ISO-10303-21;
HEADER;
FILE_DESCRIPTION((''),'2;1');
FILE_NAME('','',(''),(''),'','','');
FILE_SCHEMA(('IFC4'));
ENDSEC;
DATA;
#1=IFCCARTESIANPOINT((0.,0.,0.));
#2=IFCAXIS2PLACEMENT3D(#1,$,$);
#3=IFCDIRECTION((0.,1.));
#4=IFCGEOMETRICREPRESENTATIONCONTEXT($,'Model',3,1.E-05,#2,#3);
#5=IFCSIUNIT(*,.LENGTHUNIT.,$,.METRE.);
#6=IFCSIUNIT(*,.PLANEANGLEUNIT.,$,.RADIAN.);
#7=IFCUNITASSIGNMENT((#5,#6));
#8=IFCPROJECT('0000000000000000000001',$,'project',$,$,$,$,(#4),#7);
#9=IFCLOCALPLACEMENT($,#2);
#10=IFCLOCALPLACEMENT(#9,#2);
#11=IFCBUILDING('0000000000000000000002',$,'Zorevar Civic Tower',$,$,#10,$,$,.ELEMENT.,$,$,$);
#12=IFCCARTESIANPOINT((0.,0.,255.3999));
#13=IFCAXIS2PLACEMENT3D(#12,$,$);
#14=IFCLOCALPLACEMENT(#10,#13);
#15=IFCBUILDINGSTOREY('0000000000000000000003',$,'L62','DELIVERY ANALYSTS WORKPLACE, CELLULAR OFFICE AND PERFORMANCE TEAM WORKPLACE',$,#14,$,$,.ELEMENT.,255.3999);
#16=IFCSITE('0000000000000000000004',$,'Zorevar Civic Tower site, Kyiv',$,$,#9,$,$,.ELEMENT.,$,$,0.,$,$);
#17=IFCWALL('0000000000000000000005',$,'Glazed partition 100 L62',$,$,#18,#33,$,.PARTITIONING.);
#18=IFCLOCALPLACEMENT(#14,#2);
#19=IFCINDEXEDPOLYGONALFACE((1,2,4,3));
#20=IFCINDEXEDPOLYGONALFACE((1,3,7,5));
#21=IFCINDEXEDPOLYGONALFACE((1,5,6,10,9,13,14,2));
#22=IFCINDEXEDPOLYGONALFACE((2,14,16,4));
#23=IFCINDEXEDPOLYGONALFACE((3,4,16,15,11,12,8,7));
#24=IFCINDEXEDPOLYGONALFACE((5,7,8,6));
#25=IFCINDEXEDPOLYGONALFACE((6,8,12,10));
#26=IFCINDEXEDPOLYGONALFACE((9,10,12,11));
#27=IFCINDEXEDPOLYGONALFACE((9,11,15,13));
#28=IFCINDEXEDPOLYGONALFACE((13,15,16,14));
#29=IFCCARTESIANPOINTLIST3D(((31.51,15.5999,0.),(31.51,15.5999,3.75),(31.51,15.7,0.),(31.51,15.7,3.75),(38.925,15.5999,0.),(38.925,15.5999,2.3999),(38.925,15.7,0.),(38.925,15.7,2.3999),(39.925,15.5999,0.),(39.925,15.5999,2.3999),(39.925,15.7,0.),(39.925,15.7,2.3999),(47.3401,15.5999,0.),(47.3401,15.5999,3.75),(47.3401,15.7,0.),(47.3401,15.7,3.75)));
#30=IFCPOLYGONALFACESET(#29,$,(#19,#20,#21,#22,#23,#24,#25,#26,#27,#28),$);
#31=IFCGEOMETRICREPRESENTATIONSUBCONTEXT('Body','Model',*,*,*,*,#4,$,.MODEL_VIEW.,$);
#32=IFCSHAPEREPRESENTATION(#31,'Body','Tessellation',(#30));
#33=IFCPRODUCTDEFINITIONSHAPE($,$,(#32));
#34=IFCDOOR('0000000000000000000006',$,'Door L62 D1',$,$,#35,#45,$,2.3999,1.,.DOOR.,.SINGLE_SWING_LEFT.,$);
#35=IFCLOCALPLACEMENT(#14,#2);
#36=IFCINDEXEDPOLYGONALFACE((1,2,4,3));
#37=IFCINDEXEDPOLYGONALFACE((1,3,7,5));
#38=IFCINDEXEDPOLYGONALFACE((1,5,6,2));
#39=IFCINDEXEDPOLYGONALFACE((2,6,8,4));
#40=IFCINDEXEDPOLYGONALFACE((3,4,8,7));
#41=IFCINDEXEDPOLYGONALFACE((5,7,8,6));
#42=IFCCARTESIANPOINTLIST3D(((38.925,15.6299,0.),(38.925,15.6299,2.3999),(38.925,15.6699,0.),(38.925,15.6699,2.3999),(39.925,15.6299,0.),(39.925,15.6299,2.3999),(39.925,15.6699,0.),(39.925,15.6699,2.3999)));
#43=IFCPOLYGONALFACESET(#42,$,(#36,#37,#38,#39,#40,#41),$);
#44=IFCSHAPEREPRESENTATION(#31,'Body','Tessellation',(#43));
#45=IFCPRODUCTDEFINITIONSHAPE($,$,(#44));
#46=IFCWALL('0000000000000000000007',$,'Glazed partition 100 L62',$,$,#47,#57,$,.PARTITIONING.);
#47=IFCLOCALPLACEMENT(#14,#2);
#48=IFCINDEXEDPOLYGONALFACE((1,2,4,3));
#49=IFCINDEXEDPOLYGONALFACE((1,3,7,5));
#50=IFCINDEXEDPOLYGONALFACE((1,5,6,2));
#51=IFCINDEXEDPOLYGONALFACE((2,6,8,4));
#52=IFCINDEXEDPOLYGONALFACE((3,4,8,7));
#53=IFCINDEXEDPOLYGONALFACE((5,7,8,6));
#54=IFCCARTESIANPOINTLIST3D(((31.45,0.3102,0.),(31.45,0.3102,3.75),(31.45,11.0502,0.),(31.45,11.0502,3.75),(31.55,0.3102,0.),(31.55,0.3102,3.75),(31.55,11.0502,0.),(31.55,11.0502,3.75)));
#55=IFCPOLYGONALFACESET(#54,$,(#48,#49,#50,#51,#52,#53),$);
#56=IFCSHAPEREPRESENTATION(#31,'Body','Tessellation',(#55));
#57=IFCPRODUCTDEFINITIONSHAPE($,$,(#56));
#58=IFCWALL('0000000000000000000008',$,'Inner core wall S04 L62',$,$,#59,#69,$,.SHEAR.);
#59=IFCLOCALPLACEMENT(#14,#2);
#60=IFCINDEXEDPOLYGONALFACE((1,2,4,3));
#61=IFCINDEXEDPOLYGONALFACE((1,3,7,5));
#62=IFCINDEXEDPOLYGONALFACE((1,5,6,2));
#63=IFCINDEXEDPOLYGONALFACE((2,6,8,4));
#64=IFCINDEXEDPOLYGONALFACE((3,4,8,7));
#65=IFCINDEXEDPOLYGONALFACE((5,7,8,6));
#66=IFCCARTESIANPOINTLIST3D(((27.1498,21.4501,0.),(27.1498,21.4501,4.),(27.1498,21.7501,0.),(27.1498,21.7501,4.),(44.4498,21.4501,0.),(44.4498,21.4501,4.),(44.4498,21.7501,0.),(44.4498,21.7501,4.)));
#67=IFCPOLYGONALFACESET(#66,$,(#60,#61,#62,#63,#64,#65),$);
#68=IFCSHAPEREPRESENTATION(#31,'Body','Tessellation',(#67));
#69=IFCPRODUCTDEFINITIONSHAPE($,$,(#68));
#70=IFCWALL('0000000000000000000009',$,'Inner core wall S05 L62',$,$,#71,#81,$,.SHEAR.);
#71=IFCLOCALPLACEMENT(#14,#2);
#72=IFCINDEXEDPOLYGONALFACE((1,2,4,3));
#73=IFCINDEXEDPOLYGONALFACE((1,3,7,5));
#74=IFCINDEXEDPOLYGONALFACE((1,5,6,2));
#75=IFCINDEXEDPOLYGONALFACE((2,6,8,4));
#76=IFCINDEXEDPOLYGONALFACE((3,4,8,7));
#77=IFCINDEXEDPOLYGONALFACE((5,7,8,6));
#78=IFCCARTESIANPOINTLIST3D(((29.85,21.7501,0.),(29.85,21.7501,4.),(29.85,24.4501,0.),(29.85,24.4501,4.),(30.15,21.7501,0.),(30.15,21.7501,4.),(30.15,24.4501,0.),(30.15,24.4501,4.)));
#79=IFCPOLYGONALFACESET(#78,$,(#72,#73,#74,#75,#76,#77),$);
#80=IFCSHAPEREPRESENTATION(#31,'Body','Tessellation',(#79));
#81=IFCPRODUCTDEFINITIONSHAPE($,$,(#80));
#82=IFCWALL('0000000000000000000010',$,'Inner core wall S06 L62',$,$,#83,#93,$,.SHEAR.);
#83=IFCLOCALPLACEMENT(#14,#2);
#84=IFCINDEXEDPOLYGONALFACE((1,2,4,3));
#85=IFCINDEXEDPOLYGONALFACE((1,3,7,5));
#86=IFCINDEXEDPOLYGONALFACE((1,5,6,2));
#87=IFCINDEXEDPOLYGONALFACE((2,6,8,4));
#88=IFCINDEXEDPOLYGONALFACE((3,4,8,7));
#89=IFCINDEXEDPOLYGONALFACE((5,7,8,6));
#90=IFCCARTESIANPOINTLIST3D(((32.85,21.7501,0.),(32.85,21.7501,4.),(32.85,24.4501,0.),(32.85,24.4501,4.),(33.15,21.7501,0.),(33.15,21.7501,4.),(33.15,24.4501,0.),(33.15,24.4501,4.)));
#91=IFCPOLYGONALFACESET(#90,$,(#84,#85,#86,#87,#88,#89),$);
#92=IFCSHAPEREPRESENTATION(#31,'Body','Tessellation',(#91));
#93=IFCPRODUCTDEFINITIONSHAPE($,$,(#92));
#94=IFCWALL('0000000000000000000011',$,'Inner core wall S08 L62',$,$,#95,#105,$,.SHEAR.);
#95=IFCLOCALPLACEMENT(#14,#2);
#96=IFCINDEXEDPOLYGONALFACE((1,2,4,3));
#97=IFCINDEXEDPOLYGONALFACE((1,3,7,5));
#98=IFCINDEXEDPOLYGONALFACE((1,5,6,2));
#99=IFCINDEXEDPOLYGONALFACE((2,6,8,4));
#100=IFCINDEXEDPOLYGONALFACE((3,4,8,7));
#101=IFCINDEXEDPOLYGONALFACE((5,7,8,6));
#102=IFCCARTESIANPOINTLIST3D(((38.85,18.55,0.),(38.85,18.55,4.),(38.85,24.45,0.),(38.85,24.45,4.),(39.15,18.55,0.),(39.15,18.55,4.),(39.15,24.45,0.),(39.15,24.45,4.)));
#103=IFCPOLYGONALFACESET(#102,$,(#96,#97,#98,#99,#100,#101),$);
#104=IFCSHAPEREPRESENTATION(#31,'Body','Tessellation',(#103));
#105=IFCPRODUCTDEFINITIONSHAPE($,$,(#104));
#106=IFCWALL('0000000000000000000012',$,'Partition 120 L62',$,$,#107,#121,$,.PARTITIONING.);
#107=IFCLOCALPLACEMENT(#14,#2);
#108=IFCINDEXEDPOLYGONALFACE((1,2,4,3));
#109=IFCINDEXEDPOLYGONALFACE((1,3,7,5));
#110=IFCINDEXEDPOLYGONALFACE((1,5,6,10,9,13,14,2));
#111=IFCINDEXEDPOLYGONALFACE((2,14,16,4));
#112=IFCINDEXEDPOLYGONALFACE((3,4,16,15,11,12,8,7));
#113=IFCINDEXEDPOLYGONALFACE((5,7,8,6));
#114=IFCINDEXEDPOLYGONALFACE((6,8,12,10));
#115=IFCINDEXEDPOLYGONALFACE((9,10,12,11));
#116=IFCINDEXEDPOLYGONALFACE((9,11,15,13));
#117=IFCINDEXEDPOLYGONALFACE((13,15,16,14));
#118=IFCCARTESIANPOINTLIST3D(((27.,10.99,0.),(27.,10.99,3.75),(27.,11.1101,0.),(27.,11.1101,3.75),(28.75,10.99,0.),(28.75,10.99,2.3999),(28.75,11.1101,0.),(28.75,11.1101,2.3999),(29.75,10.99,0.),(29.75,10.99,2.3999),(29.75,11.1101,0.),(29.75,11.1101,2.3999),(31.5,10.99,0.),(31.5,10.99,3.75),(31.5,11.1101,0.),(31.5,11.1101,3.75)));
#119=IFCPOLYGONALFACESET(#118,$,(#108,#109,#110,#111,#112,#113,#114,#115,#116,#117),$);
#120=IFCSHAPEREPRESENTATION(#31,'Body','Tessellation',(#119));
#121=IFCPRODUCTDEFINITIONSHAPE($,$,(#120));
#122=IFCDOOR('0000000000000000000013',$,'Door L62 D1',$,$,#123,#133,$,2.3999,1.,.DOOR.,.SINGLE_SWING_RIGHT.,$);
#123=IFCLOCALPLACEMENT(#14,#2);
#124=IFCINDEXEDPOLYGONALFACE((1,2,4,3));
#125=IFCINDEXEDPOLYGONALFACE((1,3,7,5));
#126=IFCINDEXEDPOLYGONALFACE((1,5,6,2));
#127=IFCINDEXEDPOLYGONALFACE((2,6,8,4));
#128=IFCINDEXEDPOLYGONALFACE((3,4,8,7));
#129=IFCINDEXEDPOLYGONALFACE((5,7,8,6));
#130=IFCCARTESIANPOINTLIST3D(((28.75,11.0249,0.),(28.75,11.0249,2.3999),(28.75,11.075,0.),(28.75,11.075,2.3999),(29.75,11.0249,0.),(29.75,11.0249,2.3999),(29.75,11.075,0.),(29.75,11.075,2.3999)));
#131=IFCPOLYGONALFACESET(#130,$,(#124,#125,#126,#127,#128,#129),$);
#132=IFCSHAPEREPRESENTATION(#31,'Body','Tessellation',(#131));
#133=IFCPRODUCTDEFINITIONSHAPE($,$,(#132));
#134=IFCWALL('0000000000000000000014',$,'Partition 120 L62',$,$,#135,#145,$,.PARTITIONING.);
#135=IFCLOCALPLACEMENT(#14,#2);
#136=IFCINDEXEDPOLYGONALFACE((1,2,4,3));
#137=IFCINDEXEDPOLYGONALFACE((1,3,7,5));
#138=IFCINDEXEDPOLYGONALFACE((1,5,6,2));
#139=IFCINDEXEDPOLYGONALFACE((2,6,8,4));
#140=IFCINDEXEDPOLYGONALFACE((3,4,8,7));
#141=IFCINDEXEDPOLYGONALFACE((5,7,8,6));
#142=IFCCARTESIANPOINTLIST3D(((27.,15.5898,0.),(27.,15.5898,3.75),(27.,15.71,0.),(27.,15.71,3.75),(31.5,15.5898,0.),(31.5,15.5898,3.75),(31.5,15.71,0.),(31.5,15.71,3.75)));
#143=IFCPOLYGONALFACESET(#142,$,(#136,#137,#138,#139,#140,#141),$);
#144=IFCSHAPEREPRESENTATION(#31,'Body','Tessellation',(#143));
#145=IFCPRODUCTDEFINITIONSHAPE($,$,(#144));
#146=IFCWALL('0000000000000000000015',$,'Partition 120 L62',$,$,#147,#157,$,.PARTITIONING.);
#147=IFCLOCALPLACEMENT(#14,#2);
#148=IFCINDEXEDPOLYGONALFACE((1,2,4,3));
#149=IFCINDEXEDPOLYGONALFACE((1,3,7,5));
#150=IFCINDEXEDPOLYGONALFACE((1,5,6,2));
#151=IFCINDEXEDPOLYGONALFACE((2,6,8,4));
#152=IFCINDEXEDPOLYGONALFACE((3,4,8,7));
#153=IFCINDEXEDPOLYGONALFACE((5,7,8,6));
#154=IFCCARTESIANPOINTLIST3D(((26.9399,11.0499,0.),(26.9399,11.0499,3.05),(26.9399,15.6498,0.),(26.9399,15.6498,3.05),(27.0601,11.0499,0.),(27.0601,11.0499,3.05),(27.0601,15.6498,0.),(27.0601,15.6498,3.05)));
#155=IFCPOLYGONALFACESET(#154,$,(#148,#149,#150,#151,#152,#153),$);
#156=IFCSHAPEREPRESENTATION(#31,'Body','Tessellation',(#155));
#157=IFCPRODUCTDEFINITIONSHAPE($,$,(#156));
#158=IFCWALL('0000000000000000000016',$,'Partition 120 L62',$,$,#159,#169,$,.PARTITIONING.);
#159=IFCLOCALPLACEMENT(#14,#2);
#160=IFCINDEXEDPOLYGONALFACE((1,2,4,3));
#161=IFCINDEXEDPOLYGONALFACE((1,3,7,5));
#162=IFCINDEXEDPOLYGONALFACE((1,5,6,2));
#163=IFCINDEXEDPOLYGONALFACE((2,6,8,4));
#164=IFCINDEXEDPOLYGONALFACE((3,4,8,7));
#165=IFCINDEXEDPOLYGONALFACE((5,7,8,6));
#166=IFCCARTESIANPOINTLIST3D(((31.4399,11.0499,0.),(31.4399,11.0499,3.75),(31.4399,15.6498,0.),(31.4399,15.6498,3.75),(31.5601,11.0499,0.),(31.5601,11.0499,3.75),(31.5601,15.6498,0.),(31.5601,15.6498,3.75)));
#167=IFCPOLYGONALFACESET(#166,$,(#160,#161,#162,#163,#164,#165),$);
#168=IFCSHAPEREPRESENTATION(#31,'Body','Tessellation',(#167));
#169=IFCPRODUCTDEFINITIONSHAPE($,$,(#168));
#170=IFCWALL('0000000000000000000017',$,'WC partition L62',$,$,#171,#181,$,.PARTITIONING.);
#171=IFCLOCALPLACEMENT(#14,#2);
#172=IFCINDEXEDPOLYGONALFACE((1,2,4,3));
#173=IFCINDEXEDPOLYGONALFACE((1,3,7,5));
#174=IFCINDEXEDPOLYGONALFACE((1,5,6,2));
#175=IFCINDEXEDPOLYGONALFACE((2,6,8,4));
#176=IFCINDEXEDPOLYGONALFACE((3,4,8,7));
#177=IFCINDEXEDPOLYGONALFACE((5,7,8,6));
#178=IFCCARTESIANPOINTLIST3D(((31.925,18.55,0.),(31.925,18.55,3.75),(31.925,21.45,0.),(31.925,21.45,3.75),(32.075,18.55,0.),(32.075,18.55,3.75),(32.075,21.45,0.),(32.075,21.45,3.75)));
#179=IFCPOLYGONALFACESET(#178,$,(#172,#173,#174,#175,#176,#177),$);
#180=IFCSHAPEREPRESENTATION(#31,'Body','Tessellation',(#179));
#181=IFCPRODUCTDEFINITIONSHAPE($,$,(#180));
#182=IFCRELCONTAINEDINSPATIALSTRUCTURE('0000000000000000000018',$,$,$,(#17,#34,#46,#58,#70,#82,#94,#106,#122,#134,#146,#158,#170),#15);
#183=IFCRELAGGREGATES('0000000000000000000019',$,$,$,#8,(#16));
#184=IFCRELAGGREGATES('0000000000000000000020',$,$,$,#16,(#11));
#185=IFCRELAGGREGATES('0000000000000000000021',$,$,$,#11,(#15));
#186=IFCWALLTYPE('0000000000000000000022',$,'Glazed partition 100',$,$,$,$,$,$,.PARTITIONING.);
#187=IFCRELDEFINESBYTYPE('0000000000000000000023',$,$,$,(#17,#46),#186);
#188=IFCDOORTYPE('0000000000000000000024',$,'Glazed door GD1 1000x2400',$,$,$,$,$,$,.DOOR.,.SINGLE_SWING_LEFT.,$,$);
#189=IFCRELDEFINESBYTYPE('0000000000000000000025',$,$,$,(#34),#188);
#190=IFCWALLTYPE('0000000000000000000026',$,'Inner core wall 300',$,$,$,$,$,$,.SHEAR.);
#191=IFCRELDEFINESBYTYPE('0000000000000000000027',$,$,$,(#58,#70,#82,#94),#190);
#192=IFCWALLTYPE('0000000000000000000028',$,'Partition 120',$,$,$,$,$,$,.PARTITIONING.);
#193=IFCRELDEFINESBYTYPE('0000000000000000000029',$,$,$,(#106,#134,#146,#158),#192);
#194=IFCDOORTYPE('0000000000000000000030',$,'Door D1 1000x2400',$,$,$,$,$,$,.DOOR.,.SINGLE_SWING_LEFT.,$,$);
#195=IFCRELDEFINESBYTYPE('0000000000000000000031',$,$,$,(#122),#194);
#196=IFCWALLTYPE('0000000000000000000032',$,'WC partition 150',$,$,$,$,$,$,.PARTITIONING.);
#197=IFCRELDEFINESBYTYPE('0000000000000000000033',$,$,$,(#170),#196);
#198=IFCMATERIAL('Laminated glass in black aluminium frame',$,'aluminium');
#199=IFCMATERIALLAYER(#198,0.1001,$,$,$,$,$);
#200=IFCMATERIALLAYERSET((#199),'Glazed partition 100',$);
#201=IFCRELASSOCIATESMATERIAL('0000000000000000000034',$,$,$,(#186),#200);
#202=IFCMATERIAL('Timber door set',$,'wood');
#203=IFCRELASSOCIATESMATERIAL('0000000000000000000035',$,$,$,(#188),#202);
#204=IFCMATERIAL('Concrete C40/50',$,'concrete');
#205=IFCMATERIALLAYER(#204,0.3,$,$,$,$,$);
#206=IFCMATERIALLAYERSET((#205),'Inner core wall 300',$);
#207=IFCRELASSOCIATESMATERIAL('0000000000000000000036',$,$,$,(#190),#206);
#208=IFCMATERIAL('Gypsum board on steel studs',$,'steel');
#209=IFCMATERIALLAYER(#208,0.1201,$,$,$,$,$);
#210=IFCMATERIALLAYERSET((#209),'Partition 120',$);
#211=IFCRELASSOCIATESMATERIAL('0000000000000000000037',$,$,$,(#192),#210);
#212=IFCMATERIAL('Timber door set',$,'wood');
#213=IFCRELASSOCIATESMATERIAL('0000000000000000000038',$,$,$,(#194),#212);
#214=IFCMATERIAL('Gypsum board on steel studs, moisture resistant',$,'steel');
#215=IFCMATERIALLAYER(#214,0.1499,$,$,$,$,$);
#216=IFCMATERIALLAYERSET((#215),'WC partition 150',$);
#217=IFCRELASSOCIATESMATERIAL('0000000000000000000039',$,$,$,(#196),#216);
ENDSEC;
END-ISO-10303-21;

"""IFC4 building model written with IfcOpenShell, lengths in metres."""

from ifc_helpers import new_model, si_unit, direction, frame, frame_2d, origin, place, context, subcontext, project, spatial, rectangle, extrude, material, layer, layer_set, type_object, element, fill, save


model = new_model("IFC4")

# Units and contexts
model_context = context("Model", 3, precision=1e-05, world=origin(), true_north=direction((0.0, 1.0)))
body_context = subcontext(model_context, "Body", "Model", "MODEL_VIEW")
ifc_project = project(units=[si_unit("LENGTHUNIT", "METRE"), si_unit("PLANEANGLEUNIT", "RADIAN")], contexts=[model_context])

# Site, building, storey
site_placement = place(None, origin())
site = spatial("IfcSite", under=ifc_project, at=site_placement, Name="Zorevar Civic Tower site, Kyiv", CompositionType="ELEMENT", RefElevation=0.0)
building_placement = place(site_placement, origin())
building = spatial("IfcBuilding", under=site, at=building_placement, Name="Zorevar Civic Tower", CompositionType="ELEMENT")
storey_placement = place(building_placement, frame((0.0, 0.0, 255.3999)))
storey = spatial("IfcBuildingStorey", under=building, at=storey_placement, Name="L62", Description="DELIVERY ANALYSTS WORKPLACE, CELLULAR OFFICE AND PERFORMANCE TEAM WORKPLACE", CompositionType="ELEMENT", Elevation=255.3999)

# Wall, opening, door
ifc_material_1 = material(Name="Laminated glass in black aluminium frame", Category="aluminium")
ifc_layer_1 = layer(ifc_material_1, 0.1001)
ifc_layer_set_1 = layer_set([ifc_layer_1], Name="Glazed partition 100")
wall_type_1 = type_object("IfcWallType", Name="Glazed partition 100", PredefinedType="PARTITIONING", material=ifc_layer_set_1)
wall_1_placement = place(storey_placement, frame((31.51, 15.6499, 0.0), z_axis=(0.0, 0.0, 1.0), x_axis=(1.0, 0.0, 0.0)))
wall_1 = element("IfcWall", 1, at=wall_1_placement, inside=storey, type_object=wall_type_1, Name="Glazed partition 100 L62", PredefinedType="PARTITIONING", context=body_context, shape_type="SweptSolid", body=[
    extrude(rectangle(XDim=15.8301, YDim=0.1001, at=frame_2d((7.915, 0.0))), origin(), (0.0, 0.0, 1.0), 3.75),
])
opening_1_placement = place(wall_1_placement, frame((7.415, 0.0, 0.0)))
opening_1 = element("IfcOpeningElement", 2, at=opening_1_placement, cuts=wall_1, PredefinedType="OPENING", context=body_context, shape_type="SweptSolid", body=[
    extrude(rectangle(XDim=1.0, YDim=2.3999, at=frame_2d((0.5, 1.2))), frame((0.0, 0.0601, 0.0), z_axis=(0.0, -1.0, 0.0), x_axis=(1.0, 0.0, 0.0)), (0.0, 0.0, 1.0), 0.1201),
])
ifc_material_2 = material(Name="Timber door set", Category="wood")
door_type_1 = type_object("IfcDoorType", Name="Glazed door GD1 1000x2400", OperationType="SINGLE_SWING_LEFT", PredefinedType="DOOR", material=ifc_material_2)
door_1_placement = place(opening_1_placement, origin())
door_1 = element("IfcDoor", 3, at=door_1_placement, inside=storey, type_object=door_type_1, Name="Door L62 D1", OperationType="SINGLE_SWING_LEFT", OverallHeight=2.3999, OverallWidth=1.0, PredefinedType="DOOR", context=body_context, shape_type="SweptSolid", body=[
    extrude(rectangle(XDim=1.0, YDim=2.3999, at=frame_2d((0.5, 1.2))), frame((0.0, 0.02, 0.0), z_axis=(0.0, -1.0, 0.0), x_axis=(1.0, 0.0, 0.0)), (0.0, 0.0, 1.0), 0.04),
])
fill(opening_1, door_1)

# Walls
wall_2_placement = place(storey_placement, frame((31.5, 0.3101, 0.0), z_axis=(0.0, 0.0, 1.0), x_axis=(0.0, 1.0, 0.0)))
element("IfcWall", 4, at=wall_2_placement, inside=storey, type_object=wall_type_1, Name="Glazed partition 100 L62", PredefinedType="PARTITIONING", context=body_context, shape_type="SweptSolid", body=[
    extrude(rectangle(XDim=10.74, YDim=0.1001, at=frame_2d((5.3701, 0.0))), origin(), (0.0, 0.0, 1.0), 3.75),
])
ifc_material_3 = material(Name="Concrete C40/50", Category="concrete")
ifc_layer_2 = layer(ifc_material_3, 0.3)
ifc_layer_set_2 = layer_set([ifc_layer_2], Name="Inner core wall 300")
wall_type_2 = type_object("IfcWallType", Name="Inner core wall 300", PredefinedType="SHEAR", material=ifc_layer_set_2)
wall_3_placement = place(storey_placement, frame((27.1499, 21.6001, 0.0), z_axis=(0.0, 0.0, 1.0), x_axis=(1.0, 0.0, 0.0)))
element("IfcWall", 5, at=wall_3_placement, inside=storey, type_object=wall_type_2, Name="Inner core wall S04 L62", PredefinedType="SHEAR", context=body_context, shape_type="SweptSolid", body=[
    extrude(rectangle(XDim=17.3, YDim=0.3, at=frame_2d((8.6499, 0.0))), origin(), (0.0, 0.0, 1.0), 4.0),
])
for number, where, z_axis, x_axis, name in (
    (6, (30.0, 21.75, 0.0), (0.0, 0.0, 1.0), (0.0, 1.0, 0.0), "Inner core wall S05 L62"),
    (7, (33.0, 21.75, 0.0), (0.0, 0.0, 1.0), (0.0, 1.0, 0.0), "Inner core wall S06 L62"),
):
    element("IfcWall", number, at=place(storey_placement, frame(where, z_axis=z_axis, x_axis=x_axis)), inside=storey, type_object=wall_type_2, Name=name, PredefinedType="SHEAR", context=body_context, shape_type="SweptSolid", body=[
        extrude(rectangle(XDim=2.7, YDim=0.3, at=frame_2d((1.3501, 0.0))), origin(), (0.0, 0.0, 1.0), 4.0),
    ])
wall_4_placement = place(storey_placement, frame((39.0, 18.55, 0.0), z_axis=(0.0, 0.0, 1.0), x_axis=(0.0, 1.0, 0.0)))
element("IfcWall", 8, at=wall_4_placement, inside=storey, type_object=wall_type_2, Name="Inner core wall S08 L62", PredefinedType="SHEAR", context=body_context, shape_type="SweptSolid", body=[
    extrude(rectangle(XDim=5.8999, YDim=0.3, at=frame_2d((2.95, 0.0))), origin(), (0.0, 0.0, 1.0), 4.0),
])

# Wall, opening, door
ifc_material_4 = material(Name="Gypsum board on steel studs", Category="steel")
ifc_layer_3 = layer(ifc_material_4, 0.1201)
ifc_layer_set_3 = layer_set([ifc_layer_3], Name="Partition 120")
wall_type_3 = type_object("IfcWallType", Name="Partition 120", PredefinedType="PARTITIONING", material=ifc_layer_set_3)
wall_5_placement = place(storey_placement, frame((27.0, 11.05, 0.0), z_axis=(0.0, 0.0, 1.0), x_axis=(1.0, 0.0, 0.0)))
wall_5 = element("IfcWall", 9, at=wall_5_placement, inside=storey, type_object=wall_type_3, Name="Partition 120 L62", PredefinedType="PARTITIONING", context=body_context, shape_type="SweptSolid", body=[
    extrude(rectangle(XDim=4.5, YDim=0.1201, at=frame_2d((2.25, 0.0))), origin(), (0.0, 0.0, 1.0), 3.75),
])
opening_2_placement = place(wall_5_placement, frame((1.75, 0.0, 0.0)))
opening_2 = element("IfcOpeningElement", 10, at=opening_2_placement, cuts=wall_5, PredefinedType="OPENING", context=body_context, shape_type="SweptSolid", body=[
    extrude(rectangle(XDim=1.0, YDim=2.3999, at=frame_2d((0.5, 1.2))), frame((0.0, 0.0701, 0.0), z_axis=(0.0, -1.0, 0.0), x_axis=(1.0, 0.0, 0.0)), (0.0, 0.0, 1.0), 0.1401),
])
ifc_material_5 = material(Name="Timber door set", Category="wood")
door_type_2 = type_object("IfcDoorType", Name="Door D1 1000x2400", OperationType="SINGLE_SWING_LEFT", PredefinedType="DOOR", material=ifc_material_5)
door_2_placement = place(opening_2_placement, origin())
door_2 = element("IfcDoor", 11, at=door_2_placement, inside=storey, type_object=door_type_2, Name="Door L62 D1", OperationType="SINGLE_SWING_RIGHT", OverallHeight=2.3999, OverallWidth=1.0, PredefinedType="DOOR", context=body_context, shape_type="SweptSolid", body=[
    extrude(rectangle(XDim=1.0, YDim=2.3999, at=frame_2d((0.5, 1.2))), frame((0.0, 0.0249, 0.0), z_axis=(0.0, -1.0, 0.0), x_axis=(1.0, 0.0, 0.0)), (0.0, 0.0, 1.0), 0.05),
])
fill(opening_2, door_2)

# Walls
wall_6_placement = place(storey_placement, frame((27.0, 15.6499, 0.0), z_axis=(0.0, 0.0, 1.0), x_axis=(1.0, 0.0, 0.0)))
element("IfcWall", 12, at=wall_6_placement, inside=storey, type_object=wall_type_3, Name="Partition 120 L62", PredefinedType="PARTITIONING", context=body_context, shape_type="SweptSolid", body=[
    extrude(rectangle(XDim=4.5, YDim=0.1201, at=frame_2d((2.25, 0.0))), origin(), (0.0, 0.0, 1.0), 3.75),
])
wall_7_placement = place(storey_placement, frame((27.0, 11.05, 0.0), z_axis=(0.0, 0.0, 1.0), x_axis=(0.0, 1.0, 0.0)))
element("IfcWall", 13, at=wall_7_placement, inside=storey, type_object=wall_type_3, Name="Partition 120 L62", PredefinedType="PARTITIONING", context=body_context, shape_type="SweptSolid", body=[
    extrude(rectangle(XDim=4.5999, YDim=0.1201, at=frame_2d((2.2998, 0.0))), origin(), (0.0, 0.0, 1.0), 3.05),
])
wall_8_placement = place(storey_placement, frame((31.5, 11.05, 0.0), z_axis=(0.0, 0.0, 1.0), x_axis=(0.0, 1.0, 0.0)))
element("IfcWall", 14, at=wall_8_placement, inside=storey, type_object=wall_type_3, Name="Partition 120 L62", PredefinedType="PARTITIONING", context=body_context, shape_type="SweptSolid", body=[
    extrude(rectangle(XDim=4.5999, YDim=0.1201, at=frame_2d((2.2998, 0.0))), origin(), (0.0, 0.0, 1.0), 3.75),
])
ifc_material_6 = material(Name="Gypsum board on steel studs, moisture resistant", Category="steel")
ifc_layer_4 = layer(ifc_material_6, 0.1499)
ifc_layer_set_4 = layer_set([ifc_layer_4], Name="WC partition 150")
wall_type_4 = type_object("IfcWallType", Name="WC partition 150", PredefinedType="PARTITIONING", material=ifc_layer_set_4)
for number, where, z_axis, x_axis, name in (
    (15, (32.0, 18.55, 0.0), (0.0, 0.0, 1.0), (0.0, 1.0, 0.0), "WC partition L62"),
):
    element("IfcWall", number, at=place(storey_placement, frame(where, z_axis=z_axis, x_axis=x_axis)), inside=storey, type_object=wall_type_4, Name=name, PredefinedType="PARTITIONING", context=body_context, shape_type="SweptSolid", body=[
        extrude(rectangle(XDim=2.8999, YDim=0.1499, at=frame_2d((1.45, 0.0))), origin(), (0.0, 0.0, 1.0), 3.75),
    ])

save(model, "model.ifc")
